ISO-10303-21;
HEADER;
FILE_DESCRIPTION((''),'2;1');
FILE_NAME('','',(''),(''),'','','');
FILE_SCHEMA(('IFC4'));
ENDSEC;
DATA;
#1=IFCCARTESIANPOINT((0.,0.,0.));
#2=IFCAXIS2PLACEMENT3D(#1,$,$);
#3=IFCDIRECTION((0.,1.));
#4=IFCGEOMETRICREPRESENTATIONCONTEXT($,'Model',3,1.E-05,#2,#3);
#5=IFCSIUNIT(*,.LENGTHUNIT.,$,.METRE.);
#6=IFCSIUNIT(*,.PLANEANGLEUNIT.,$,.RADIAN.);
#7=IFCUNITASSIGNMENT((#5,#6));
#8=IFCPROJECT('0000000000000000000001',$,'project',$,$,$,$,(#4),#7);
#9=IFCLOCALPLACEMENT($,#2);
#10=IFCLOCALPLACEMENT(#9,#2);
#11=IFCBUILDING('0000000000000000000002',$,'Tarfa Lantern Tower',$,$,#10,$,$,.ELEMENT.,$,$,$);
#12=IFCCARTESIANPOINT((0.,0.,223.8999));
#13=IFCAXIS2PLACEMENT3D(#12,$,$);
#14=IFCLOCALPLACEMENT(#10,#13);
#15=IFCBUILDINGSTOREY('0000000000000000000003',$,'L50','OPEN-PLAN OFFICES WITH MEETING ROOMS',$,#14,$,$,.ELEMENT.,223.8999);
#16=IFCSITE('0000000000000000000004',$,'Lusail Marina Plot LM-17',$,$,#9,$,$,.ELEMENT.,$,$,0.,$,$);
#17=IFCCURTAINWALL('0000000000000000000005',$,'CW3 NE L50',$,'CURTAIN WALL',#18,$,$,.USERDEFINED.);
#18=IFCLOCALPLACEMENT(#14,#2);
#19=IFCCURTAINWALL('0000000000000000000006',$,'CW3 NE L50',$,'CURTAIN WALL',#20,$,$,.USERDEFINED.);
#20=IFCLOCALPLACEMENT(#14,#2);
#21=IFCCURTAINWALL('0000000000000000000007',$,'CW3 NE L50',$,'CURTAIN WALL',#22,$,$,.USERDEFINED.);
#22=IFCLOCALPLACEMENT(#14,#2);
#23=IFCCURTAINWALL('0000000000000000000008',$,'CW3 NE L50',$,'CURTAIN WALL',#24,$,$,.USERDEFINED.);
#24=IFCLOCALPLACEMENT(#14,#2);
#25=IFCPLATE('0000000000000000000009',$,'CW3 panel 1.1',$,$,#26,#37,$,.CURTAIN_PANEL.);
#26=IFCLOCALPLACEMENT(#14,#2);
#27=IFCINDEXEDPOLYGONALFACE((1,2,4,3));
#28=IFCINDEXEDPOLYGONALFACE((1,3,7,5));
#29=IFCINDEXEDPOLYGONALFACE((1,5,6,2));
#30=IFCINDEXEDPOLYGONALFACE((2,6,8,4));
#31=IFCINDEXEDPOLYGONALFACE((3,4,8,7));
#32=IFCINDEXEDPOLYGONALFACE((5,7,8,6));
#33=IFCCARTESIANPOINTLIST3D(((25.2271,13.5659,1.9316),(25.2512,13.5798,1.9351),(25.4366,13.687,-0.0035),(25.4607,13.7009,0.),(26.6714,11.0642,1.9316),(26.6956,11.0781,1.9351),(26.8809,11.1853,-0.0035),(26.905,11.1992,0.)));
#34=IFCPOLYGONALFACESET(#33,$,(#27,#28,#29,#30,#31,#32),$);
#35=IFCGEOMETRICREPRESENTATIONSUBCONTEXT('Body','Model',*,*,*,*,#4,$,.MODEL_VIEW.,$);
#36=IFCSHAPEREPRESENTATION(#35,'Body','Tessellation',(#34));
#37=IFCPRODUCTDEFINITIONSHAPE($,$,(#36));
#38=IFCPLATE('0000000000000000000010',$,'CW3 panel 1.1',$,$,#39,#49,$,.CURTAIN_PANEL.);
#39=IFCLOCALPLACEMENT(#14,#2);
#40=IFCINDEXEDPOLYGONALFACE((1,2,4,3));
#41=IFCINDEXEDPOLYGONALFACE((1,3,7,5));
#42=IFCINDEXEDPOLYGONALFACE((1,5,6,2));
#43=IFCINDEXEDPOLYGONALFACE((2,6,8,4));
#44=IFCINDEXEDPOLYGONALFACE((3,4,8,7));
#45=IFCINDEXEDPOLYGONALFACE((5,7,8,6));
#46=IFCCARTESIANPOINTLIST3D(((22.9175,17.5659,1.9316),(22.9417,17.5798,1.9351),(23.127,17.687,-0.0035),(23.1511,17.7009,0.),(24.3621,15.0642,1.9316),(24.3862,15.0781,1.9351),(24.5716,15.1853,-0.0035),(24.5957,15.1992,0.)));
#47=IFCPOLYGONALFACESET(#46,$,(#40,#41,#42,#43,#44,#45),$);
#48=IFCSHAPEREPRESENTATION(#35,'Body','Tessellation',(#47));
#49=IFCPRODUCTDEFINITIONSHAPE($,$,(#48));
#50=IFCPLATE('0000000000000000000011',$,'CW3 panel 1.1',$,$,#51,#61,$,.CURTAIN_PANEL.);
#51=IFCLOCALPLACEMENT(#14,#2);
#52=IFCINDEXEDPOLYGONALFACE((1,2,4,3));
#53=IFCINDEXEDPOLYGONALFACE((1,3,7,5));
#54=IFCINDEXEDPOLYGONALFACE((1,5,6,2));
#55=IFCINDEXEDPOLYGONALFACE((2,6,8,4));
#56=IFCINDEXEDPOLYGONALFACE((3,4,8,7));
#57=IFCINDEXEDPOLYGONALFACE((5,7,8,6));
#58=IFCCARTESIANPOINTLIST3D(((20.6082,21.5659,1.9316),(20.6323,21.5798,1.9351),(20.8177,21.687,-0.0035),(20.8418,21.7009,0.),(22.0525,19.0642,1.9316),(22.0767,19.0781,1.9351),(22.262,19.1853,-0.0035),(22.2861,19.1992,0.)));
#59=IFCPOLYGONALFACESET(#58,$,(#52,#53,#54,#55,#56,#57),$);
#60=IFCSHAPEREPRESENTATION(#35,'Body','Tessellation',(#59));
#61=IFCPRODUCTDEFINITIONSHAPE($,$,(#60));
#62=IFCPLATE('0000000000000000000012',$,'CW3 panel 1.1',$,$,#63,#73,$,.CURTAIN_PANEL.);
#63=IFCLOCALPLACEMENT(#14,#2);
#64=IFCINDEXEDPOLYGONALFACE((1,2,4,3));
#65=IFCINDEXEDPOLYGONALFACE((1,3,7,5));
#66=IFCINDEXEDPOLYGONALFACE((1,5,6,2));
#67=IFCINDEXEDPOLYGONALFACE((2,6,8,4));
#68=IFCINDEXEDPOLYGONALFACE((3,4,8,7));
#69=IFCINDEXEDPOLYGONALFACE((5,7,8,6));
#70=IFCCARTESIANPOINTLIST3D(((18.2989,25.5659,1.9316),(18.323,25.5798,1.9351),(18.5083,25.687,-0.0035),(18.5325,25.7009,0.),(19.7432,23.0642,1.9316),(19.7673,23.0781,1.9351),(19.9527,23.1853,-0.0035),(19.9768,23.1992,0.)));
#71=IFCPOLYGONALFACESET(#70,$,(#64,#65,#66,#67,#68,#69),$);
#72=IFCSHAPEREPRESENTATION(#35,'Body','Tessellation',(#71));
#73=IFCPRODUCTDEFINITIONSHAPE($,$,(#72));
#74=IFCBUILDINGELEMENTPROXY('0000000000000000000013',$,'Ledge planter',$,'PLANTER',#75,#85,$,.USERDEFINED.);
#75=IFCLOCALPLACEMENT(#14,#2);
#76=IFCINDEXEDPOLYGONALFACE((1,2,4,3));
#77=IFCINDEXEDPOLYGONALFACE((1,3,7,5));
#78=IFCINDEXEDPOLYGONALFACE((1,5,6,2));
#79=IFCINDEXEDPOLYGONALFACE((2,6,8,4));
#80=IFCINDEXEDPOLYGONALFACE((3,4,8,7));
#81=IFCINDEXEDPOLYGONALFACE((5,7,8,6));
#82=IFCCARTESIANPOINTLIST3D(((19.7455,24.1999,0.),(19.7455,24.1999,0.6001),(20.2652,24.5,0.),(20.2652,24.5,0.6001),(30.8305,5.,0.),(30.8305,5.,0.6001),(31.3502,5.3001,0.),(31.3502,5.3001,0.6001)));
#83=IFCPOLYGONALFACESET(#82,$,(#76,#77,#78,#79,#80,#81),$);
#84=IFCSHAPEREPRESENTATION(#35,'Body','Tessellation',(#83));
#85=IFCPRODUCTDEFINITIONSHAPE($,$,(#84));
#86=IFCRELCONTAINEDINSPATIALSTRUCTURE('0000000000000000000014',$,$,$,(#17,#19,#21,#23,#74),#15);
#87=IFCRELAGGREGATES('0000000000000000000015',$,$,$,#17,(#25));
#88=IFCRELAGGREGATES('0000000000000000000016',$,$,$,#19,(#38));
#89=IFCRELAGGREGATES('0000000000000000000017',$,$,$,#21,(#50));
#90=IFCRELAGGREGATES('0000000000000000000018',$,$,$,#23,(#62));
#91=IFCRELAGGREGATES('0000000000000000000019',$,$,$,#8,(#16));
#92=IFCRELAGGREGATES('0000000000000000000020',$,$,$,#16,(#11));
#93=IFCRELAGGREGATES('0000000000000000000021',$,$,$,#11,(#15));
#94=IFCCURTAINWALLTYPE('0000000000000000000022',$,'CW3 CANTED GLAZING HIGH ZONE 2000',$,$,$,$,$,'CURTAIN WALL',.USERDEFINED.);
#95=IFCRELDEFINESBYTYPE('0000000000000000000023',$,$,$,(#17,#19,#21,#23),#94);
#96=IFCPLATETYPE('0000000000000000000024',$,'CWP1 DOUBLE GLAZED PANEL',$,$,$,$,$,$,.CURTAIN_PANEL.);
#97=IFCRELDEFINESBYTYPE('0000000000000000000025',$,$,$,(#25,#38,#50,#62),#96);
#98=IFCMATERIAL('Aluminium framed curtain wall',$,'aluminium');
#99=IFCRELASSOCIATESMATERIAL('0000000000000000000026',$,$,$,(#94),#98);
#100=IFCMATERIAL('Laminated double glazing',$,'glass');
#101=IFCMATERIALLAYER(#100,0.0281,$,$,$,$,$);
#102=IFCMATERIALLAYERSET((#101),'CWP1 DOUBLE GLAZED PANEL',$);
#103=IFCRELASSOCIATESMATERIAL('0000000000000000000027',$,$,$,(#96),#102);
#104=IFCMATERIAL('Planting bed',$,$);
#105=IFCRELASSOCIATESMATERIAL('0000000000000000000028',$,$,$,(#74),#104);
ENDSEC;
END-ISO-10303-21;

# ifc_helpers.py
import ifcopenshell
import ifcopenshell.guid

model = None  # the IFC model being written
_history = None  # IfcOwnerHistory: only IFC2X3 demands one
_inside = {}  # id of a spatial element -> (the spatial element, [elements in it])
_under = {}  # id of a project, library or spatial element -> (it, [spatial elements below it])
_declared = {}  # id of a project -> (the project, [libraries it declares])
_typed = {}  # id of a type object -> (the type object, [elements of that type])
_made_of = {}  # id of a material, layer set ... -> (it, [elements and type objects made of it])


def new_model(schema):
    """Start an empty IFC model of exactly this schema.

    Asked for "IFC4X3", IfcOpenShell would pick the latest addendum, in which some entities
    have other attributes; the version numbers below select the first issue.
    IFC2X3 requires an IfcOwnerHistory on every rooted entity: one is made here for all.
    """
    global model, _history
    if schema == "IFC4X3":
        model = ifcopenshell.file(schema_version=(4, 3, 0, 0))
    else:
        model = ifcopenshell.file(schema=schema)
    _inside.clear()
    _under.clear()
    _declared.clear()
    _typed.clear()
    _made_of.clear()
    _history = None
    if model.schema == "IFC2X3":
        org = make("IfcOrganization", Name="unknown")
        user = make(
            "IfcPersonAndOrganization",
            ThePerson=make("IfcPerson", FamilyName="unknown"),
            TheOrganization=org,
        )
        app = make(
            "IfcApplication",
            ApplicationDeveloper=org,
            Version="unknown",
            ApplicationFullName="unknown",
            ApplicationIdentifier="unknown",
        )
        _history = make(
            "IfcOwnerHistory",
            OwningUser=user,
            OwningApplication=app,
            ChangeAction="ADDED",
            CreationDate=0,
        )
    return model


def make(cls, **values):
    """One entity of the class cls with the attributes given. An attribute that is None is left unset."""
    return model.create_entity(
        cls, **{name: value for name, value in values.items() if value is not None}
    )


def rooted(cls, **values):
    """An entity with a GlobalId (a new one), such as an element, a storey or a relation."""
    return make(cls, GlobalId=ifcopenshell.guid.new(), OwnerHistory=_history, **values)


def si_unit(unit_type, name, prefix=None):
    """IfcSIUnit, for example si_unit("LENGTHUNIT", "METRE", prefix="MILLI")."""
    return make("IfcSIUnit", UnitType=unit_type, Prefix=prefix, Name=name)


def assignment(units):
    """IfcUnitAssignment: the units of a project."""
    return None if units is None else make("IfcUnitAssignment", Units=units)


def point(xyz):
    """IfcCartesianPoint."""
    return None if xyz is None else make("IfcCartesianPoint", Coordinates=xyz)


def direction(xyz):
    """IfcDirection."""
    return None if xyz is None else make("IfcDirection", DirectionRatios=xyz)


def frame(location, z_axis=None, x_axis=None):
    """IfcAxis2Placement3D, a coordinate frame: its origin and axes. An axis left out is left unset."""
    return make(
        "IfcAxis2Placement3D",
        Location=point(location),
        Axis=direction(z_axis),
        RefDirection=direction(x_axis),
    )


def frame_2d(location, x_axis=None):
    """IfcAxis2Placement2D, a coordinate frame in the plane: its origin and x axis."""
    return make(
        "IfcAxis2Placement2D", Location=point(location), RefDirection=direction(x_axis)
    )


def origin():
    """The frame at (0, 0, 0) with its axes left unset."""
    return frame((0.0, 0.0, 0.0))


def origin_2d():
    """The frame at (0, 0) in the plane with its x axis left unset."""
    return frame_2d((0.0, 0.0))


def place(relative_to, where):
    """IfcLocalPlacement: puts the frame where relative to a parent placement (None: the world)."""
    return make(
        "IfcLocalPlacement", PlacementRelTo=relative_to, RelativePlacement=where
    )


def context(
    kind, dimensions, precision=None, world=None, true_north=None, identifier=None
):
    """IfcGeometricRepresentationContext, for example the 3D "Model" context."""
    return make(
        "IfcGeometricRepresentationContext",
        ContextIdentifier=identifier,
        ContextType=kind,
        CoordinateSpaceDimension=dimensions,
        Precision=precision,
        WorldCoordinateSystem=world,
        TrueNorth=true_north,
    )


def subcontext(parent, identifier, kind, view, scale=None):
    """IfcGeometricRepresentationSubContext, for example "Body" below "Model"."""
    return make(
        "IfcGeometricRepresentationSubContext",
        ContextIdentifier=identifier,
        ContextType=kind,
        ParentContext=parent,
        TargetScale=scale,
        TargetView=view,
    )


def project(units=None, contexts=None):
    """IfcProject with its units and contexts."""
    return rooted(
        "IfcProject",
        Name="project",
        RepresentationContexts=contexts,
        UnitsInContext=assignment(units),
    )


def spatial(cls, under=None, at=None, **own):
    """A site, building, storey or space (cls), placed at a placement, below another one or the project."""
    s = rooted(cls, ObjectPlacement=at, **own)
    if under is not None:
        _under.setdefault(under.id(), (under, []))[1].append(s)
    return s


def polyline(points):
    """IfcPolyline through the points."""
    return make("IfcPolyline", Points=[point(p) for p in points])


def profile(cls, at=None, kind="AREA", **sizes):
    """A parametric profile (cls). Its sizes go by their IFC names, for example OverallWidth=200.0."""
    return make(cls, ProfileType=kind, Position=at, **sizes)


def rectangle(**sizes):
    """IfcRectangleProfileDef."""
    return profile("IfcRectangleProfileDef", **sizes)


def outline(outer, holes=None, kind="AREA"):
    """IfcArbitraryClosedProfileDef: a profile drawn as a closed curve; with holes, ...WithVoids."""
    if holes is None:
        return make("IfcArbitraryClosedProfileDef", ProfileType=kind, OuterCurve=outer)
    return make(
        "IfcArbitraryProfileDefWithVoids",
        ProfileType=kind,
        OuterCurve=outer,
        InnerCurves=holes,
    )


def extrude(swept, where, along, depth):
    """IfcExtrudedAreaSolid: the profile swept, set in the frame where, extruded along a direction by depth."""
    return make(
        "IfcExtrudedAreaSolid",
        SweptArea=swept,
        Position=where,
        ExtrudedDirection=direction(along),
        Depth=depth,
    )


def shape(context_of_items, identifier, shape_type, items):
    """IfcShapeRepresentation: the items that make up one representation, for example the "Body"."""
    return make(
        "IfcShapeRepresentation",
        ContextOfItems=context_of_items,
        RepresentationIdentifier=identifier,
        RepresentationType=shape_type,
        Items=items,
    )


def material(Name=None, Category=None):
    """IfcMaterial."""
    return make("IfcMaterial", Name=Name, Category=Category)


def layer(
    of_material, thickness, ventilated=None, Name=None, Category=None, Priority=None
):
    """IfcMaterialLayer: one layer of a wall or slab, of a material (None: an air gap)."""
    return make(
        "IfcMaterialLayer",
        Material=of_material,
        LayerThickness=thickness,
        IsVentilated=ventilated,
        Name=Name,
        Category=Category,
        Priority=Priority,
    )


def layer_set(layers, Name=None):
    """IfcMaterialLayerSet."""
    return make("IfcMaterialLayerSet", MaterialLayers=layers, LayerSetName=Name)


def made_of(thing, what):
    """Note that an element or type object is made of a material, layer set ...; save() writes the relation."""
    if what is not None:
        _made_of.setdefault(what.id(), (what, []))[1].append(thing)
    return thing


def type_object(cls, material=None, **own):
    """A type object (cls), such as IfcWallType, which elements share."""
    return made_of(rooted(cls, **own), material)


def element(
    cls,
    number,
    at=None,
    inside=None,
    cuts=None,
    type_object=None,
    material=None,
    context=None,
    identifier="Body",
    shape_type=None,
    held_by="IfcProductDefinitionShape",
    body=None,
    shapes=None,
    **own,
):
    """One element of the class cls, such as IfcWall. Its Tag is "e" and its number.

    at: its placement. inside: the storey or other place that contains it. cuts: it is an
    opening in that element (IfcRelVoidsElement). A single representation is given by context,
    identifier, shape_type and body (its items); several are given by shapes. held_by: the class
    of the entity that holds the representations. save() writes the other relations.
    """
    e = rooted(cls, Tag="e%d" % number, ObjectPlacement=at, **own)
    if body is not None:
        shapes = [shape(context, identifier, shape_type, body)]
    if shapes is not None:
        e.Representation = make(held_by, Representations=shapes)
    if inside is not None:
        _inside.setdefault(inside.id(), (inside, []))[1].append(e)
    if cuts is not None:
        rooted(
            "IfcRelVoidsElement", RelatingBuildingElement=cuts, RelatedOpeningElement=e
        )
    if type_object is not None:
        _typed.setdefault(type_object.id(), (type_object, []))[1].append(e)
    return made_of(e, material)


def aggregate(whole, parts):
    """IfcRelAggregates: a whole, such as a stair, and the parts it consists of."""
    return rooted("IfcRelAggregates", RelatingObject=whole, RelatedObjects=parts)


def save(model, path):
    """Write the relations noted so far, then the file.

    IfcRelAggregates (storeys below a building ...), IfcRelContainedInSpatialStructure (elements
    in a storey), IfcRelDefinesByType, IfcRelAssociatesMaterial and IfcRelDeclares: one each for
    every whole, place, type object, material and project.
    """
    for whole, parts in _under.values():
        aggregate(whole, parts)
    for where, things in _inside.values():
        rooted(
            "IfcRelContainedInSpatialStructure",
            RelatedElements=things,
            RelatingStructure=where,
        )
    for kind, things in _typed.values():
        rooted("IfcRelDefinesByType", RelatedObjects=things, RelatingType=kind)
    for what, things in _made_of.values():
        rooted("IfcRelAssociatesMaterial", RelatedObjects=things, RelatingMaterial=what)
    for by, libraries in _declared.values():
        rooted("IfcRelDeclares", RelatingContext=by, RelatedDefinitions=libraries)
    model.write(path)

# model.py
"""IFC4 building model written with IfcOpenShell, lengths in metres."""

from ifc_helpers import new_model, si_unit, direction, frame, origin, origin_2d, place, context, subcontext, project, spatial, polyline, rectangle, outline, extrude, material, layer, layer_set, type_object, element, aggregate, save


model = new_model("IFC4")

# Units and contexts
model_context = context("Model", 3, precision=1e-05, world=origin(), true_north=direction((0.0, 1.0)))
body_context = subcontext(model_context, "Body", "Model", "MODEL_VIEW")
ifc_project = project(units=[si_unit("LENGTHUNIT", "METRE"), si_unit("PLANEANGLEUNIT", "RADIAN")], contexts=[model_context])

# Site, building, storey
site_placement = place(None, origin())
site = spatial("IfcSite", under=ifc_project, at=site_placement, Name="Lusail Marina Plot LM-17", CompositionType="ELEMENT", RefElevation=0.0)
building_placement = place(site_placement, origin())
building = spatial("IfcBuilding", under=site, at=building_placement, Name="Tarfa Lantern Tower", CompositionType="ELEMENT")
storey_placement = place(building_placement, frame((0.0, 0.0, 223.8999)))
storey = spatial("IfcBuildingStorey", under=building, at=storey_placement, Name="L50", Description="OPEN-PLAN OFFICES WITH MEETING ROOMS", CompositionType="ELEMENT", Elevation=223.8999)

# Curtain wall
ifc_material_1 = material(Name="Aluminium framed curtain wall", Category="aluminium")
curtain_wall_type = type_object("IfcCurtainWallType", Name="CW3 CANTED GLAZING HIGH ZONE 2000", ElementType="CURTAIN WALL", PredefinedType="USERDEFINED", material=ifc_material_1)
curtain_wall_1_placement = place(storey_placement, origin())
curtain_wall_1 = element("IfcCurtainWall", 1, at=curtain_wall_1_placement, inside=storey, type_object=curtain_wall_type, Name="CW3 NE L50", ObjectType="CURTAIN WALL", PredefinedType="USERDEFINED")

# Curtain walls
curtain_wall_2_placement = place(storey_placement, origin())
curtain_wall_2 = element("IfcCurtainWall", 2, at=curtain_wall_2_placement, inside=storey, type_object=curtain_wall_type, Name="CW3 NE L50", ObjectType="CURTAIN WALL", PredefinedType="USERDEFINED")
curtain_wall_3_placement = place(storey_placement, origin())
curtain_wall_3 = element("IfcCurtainWall", 3, at=curtain_wall_3_placement, inside=storey, type_object=curtain_wall_type, Name="CW3 NE L50", ObjectType="CURTAIN WALL", PredefinedType="USERDEFINED")

# Curtain wall
curtain_wall_4_placement = place(storey_placement, origin())
curtain_wall_4 = element("IfcCurtainWall", 4, at=curtain_wall_4_placement, inside=storey, type_object=curtain_wall_type, Name="CW3 NE L50", ObjectType="CURTAIN WALL", PredefinedType="USERDEFINED")

# Plates
ifc_material_2 = material(Name="Laminated double glazing", Category="glass")
ifc_layer = layer(ifc_material_2, 0.0281)
ifc_layer_set = layer_set([ifc_layer], Name="CWP1 DOUBLE GLAZED PANEL")
plate_type = type_object("IfcPlateType", Name="CWP1 DOUBLE GLAZED PANEL", PredefinedType="CURTAIN_PANEL", material=ifc_layer_set)
plate_1_placement = place(storey_placement, frame((26.905, 11.1992, 0.0), z_axis=(0.859338, 0.49613, 0.124072), x_axis=(-0.499993, 0.866029, 0.0)))
plate_1 = element("IfcPlate", 5, at=plate_1_placement, type_object=plate_type, Name="CW3 panel 1.1", PredefinedType="CURTAIN_PANEL", context=body_context, shape_type="SweptSolid", body=[
    extrude(outline(polyline([(0.0, 0.0), (2.8887, 0.0), (2.8886, 1.9501), (-0.0001, 1.9501), (0.0, 0.0)])), origin(), (0.0, 0.0, -1.0), 0.0281),
])
aggregate(curtain_wall_1, [plate_1])
plate_2_placement = place(storey_placement, frame((24.5957, 15.1992, 0.0), z_axis=(0.859301, 0.496193, 0.124072), x_axis=(-0.500057, 0.865993, 0.0)))
plate_2 = element("IfcPlate", 6, at=plate_2_placement, type_object=plate_type, Name="CW3 panel 1.1", PredefinedType="CURTAIN_PANEL", context=body_context, shape_type="SweptSolid", body=[
    extrude(outline(polyline([(0.0, 0.0), (2.8888, 0.0), (2.8887, 1.9501), (-0.0001, 1.9501), (0.0, 0.0)])), origin(), (0.0, 0.0, -1.0), 0.0281),
])
aggregate(curtain_wall_2, [plate_2])
plate_3_placement = place(storey_placement, frame((22.2861, 19.1992, 0.0), z_axis=(0.859338, 0.49613, 0.124072), x_axis=(-0.499993, 0.866029, 0.0)))
plate_3 = element("IfcPlate", 7, at=plate_3_placement, type_object=plate_type, Name="CW3 panel 1.1", PredefinedType="CURTAIN_PANEL", context=body_context, shape_type="SweptSolid", body=[
    extrude(outline(polyline([(0.0, 0.0), (2.8887, 0.0), (2.8886, 1.9501), (-0.0001, 1.9501), (0.0, 0.0)])), origin(), (0.0, 0.0, -1.0), 0.0281),
])
aggregate(curtain_wall_3, [plate_3])
plate_4_placement = place(storey_placement, frame((19.9768, 23.1992, 0.0), z_axis=(0.859338, 0.49613, 0.124072), x_axis=(-0.499993, 0.866029, 0.0)))
plate_4 = element("IfcPlate", 8, at=plate_4_placement, type_object=plate_type, Name="CW3 panel 1.1", PredefinedType="CURTAIN_PANEL", context=body_context, shape_type="SweptSolid", body=[
    extrude(outline(polyline([(0.0, 0.0), (2.8887, 0.0), (2.8886, 1.9501), (-0.0001, 1.9501), (0.0, 0.0)])), origin(), (0.0, 0.0, -1.0), 0.0281),
])
aggregate(curtain_wall_4, [plate_4])

# Building element proxy
ifc_material_3 = material(Name="Planting bed")
proxy_placement = place(storey_placement, frame((25.5479, 14.75, 0.0), z_axis=(0.0, 0.0, 1.0), x_axis=(-0.5, 0.866025, 0.0)))
element("IfcBuildingElementProxy", 9, at=proxy_placement, inside=storey, material=ifc_material_3, Name="Ledge planter", ObjectType="PLANTER", PredefinedType="USERDEFINED", context=body_context, shape_type="SweptSolid", body=[
    extrude(rectangle(XDim=22.1702, YDim=0.6001, at=origin_2d()), origin(), (0.0, 0.0, 1.0), 0.6001),
])

save(model, "model.ifc")
